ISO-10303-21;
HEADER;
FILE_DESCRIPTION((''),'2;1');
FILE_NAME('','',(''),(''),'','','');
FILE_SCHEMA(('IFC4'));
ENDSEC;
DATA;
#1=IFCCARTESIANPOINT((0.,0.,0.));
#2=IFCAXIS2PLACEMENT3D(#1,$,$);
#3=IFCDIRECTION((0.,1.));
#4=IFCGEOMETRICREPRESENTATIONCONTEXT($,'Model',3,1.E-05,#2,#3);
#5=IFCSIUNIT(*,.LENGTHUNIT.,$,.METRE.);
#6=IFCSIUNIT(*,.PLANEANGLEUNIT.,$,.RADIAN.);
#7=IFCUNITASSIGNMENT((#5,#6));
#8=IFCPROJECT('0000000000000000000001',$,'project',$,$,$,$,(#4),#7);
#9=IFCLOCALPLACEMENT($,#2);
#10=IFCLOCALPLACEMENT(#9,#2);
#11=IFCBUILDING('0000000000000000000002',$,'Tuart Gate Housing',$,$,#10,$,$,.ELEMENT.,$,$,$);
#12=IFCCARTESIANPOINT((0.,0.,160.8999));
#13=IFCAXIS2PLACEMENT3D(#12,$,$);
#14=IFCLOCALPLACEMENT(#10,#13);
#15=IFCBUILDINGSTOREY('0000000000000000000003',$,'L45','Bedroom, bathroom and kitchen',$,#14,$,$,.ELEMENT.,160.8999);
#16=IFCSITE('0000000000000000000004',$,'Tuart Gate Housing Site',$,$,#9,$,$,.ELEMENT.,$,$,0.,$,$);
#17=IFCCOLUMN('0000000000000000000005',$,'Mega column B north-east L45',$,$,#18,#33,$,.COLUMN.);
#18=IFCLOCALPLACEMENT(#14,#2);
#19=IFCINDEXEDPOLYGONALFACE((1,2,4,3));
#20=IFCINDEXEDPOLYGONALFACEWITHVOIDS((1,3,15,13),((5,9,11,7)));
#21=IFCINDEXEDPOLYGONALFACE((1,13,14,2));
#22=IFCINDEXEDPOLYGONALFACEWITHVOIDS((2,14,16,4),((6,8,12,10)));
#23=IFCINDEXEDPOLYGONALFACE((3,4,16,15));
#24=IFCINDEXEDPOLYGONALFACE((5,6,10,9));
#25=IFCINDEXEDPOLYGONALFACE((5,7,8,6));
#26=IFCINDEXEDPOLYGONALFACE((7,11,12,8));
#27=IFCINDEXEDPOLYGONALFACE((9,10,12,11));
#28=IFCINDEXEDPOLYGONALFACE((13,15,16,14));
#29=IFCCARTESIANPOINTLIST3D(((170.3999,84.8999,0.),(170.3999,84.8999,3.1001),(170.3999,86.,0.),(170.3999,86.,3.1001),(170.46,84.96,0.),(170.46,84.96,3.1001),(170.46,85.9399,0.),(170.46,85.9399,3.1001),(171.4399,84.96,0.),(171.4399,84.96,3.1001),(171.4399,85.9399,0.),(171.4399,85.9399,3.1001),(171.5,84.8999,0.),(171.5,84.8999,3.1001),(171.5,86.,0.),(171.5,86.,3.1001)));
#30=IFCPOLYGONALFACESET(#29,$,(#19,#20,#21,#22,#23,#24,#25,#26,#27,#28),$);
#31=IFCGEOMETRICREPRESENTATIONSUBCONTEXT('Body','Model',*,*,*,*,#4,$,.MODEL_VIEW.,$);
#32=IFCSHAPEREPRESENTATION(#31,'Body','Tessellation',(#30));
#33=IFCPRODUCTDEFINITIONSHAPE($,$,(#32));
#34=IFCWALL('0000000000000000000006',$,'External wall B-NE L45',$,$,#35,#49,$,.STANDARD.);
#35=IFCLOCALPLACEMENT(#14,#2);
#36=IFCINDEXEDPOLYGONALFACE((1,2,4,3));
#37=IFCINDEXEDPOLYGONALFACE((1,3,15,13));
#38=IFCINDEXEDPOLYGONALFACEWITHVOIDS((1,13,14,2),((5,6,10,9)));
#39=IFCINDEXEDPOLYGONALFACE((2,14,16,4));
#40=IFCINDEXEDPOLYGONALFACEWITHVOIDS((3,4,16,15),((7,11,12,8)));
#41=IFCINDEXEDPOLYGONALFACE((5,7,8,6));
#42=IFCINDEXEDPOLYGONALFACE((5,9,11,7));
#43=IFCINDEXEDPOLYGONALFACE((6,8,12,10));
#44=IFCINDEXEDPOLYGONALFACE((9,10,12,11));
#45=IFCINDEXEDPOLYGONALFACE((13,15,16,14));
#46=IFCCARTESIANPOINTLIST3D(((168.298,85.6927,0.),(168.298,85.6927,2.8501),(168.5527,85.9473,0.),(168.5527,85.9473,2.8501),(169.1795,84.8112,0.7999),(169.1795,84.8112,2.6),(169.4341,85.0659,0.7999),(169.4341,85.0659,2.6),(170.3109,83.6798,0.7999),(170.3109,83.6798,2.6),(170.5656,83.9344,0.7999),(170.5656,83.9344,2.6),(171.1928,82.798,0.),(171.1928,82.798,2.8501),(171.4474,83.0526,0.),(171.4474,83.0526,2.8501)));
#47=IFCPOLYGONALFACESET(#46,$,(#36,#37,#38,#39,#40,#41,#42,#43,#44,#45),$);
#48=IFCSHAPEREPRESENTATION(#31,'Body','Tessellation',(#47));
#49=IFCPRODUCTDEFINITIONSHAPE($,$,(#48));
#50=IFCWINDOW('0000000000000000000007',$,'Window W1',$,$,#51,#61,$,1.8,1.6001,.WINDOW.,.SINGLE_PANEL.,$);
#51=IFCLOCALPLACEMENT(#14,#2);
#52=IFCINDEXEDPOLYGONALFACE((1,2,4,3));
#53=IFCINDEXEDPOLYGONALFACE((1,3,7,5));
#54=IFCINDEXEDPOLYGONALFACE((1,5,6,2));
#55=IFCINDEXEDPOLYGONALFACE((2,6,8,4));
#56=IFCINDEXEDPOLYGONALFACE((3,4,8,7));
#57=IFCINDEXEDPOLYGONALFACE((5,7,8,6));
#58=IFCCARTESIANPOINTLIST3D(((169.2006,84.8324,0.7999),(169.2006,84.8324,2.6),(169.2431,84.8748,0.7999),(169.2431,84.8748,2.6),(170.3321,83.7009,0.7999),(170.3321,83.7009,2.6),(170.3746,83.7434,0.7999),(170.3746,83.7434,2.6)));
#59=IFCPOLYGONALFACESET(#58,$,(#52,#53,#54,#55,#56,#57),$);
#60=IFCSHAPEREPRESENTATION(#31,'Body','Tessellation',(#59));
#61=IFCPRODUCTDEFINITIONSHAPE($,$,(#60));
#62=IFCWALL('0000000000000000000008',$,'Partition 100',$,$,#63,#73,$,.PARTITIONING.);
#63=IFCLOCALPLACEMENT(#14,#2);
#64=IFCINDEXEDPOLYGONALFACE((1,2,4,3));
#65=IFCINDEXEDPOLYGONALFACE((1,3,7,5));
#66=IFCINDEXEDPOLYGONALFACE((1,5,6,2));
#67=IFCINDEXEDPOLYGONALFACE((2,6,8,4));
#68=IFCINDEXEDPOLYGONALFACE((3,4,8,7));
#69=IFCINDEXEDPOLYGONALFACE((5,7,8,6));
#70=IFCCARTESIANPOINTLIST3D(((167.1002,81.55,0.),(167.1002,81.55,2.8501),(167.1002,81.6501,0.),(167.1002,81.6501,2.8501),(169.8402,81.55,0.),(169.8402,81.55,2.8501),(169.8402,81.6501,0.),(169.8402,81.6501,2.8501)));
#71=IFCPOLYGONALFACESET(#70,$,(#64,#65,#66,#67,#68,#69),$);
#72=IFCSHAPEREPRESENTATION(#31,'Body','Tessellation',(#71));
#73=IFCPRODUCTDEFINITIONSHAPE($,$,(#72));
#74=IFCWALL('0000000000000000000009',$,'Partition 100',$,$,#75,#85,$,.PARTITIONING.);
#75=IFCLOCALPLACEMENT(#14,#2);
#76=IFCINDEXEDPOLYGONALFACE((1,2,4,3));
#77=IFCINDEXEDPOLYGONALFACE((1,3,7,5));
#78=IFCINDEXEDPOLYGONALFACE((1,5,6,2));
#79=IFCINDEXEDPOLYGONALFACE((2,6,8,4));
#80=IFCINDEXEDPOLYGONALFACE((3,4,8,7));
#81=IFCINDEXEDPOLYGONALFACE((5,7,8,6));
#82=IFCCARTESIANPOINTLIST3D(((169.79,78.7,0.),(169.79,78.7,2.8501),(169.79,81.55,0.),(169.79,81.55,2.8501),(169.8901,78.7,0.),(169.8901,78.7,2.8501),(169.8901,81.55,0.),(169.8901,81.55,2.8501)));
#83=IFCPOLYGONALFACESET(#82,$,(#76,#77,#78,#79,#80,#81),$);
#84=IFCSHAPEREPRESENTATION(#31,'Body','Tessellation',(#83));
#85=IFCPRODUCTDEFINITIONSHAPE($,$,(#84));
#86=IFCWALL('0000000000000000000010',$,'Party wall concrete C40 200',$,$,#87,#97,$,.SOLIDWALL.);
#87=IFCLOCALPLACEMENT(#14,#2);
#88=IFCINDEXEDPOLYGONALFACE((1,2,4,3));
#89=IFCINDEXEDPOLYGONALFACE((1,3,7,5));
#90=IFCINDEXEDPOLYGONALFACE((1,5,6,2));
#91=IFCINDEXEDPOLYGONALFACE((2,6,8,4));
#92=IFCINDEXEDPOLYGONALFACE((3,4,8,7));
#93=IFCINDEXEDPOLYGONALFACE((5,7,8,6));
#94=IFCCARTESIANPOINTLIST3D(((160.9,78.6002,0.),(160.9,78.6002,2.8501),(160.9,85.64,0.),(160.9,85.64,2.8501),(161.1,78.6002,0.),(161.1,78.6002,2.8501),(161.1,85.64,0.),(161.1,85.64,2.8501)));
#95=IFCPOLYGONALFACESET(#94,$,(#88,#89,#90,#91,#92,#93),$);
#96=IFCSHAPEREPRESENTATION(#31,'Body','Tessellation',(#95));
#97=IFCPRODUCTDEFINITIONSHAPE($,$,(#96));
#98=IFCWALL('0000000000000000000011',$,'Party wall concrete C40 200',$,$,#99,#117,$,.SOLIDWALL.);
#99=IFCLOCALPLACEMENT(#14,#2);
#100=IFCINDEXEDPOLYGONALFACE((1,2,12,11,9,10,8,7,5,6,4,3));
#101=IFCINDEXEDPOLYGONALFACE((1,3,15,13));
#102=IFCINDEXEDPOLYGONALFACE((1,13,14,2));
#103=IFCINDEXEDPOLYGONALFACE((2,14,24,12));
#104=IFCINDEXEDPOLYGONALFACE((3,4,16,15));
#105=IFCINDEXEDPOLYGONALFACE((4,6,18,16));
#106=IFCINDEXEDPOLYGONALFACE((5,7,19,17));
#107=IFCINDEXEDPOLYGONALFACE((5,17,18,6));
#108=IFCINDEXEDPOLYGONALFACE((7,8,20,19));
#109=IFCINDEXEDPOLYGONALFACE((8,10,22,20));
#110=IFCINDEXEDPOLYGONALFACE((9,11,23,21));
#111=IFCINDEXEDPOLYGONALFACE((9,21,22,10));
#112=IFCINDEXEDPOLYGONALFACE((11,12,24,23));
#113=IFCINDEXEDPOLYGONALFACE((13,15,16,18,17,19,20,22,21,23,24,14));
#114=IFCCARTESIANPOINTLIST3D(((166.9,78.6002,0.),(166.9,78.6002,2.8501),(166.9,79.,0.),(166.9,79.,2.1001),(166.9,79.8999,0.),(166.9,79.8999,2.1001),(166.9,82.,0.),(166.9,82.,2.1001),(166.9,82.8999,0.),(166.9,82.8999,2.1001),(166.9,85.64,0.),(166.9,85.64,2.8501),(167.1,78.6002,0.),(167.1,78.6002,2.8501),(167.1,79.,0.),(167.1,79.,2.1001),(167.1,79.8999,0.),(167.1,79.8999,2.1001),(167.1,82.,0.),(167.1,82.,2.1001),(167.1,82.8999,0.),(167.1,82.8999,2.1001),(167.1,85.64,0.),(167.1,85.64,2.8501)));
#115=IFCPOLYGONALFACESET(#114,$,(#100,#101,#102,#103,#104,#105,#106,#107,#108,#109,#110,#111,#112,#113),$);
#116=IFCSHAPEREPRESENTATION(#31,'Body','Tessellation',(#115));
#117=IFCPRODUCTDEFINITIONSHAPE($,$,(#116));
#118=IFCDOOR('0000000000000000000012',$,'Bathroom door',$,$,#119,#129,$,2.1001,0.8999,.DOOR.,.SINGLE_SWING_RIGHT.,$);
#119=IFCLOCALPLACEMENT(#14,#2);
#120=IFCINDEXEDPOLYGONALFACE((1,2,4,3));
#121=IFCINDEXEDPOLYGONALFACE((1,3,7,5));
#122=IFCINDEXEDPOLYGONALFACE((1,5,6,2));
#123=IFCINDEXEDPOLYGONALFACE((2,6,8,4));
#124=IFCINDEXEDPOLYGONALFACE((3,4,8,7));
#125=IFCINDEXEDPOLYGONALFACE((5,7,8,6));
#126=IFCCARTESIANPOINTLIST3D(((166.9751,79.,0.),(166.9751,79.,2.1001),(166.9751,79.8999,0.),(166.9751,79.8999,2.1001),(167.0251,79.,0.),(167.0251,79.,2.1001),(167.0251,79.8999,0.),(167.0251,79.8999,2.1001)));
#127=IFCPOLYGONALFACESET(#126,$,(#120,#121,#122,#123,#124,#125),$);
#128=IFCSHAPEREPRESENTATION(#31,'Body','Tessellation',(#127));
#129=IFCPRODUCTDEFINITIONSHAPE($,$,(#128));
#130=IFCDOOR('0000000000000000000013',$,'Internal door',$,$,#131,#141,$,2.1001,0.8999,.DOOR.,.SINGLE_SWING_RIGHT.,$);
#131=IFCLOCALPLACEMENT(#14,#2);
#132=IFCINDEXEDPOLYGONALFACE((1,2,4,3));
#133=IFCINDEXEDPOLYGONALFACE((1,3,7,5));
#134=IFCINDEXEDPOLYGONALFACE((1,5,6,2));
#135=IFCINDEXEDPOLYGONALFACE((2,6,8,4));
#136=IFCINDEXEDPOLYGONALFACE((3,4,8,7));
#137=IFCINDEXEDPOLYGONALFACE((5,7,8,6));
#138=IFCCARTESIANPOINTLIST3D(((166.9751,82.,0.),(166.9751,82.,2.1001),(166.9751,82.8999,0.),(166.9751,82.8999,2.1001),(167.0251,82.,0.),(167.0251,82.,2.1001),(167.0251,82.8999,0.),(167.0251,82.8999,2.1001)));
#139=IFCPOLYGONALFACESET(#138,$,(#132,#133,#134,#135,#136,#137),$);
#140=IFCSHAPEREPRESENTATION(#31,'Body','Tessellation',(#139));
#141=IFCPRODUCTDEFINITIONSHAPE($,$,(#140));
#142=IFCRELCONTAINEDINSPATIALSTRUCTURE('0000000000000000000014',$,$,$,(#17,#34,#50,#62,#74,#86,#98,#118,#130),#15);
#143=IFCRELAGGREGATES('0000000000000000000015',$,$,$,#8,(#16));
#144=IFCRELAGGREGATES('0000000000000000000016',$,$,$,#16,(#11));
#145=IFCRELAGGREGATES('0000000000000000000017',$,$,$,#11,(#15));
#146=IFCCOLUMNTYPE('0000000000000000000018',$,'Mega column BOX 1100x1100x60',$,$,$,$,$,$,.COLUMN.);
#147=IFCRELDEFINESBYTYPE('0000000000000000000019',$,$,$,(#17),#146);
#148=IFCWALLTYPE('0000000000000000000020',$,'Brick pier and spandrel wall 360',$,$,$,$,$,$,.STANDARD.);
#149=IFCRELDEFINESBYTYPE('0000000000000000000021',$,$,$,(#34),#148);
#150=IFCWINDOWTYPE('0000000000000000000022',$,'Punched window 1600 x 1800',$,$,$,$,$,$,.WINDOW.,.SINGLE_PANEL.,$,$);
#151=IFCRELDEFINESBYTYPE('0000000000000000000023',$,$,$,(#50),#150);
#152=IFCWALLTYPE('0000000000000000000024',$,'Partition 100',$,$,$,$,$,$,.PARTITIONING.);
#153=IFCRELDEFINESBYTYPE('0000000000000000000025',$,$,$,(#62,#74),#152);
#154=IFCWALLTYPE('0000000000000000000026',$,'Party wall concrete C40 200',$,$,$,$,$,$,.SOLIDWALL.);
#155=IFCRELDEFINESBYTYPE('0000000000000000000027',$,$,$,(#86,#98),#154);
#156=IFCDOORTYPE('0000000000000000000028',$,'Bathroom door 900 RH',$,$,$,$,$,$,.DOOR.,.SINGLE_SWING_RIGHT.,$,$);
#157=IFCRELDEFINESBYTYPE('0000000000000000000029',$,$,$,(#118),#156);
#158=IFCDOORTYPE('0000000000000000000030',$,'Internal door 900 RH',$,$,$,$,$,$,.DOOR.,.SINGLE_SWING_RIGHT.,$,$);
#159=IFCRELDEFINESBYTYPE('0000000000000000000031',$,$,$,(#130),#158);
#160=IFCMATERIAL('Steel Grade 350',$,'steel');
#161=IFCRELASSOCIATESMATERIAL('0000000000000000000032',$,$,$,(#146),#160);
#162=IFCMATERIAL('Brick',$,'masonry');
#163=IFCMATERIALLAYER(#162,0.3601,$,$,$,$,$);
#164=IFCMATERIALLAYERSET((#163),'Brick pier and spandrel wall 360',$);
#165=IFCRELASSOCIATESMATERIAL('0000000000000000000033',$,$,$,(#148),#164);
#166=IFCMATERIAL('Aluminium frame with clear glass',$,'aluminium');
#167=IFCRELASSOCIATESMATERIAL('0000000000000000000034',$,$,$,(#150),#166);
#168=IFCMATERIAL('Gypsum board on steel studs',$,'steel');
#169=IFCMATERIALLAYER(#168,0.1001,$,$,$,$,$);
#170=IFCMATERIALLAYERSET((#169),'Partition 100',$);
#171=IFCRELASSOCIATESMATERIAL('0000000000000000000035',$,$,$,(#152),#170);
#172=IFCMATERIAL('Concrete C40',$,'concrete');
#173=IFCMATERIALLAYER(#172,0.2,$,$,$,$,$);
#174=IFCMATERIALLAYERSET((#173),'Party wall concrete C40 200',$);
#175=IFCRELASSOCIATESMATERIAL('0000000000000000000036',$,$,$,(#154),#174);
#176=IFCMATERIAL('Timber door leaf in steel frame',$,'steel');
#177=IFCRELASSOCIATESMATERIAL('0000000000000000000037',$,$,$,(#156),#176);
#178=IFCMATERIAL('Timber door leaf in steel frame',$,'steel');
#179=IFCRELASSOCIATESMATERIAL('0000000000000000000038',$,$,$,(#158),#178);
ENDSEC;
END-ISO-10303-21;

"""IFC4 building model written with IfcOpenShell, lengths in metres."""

from ifc_helpers import new_model, si_unit, direction, frame, frame_2d, origin, origin_2d, place, context, subcontext, project, spatial, rectangle, hollow_rectangle, extrude, material, layer, layer_set, material_profile, profile_set, type_object, element, fill, save


model = new_model("IFC4")

# Units and contexts
model_context = context("Model", 3, precision=1e-05, world=origin(), true_north=direction((0.0, 1.0)))
body_context = subcontext(model_context, "Body", "Model", "MODEL_VIEW")
ifc_project = project(units=[si_unit("LENGTHUNIT", "METRE"), si_unit("PLANEANGLEUNIT", "RADIAN")], contexts=[model_context])

# Site, building, storey
site_placement = place(None, origin())
site = spatial("IfcSite", under=ifc_project, at=site_placement, Name="Tuart Gate Housing Site", CompositionType="ELEMENT", RefElevation=0.0)
building_placement = place(site_placement, origin())
building = spatial("IfcBuilding", under=site, at=building_placement, Name="Tuart Gate Housing", CompositionType="ELEMENT")
storey_placement = place(building_placement, frame((0.0, 0.0, 160.8999)))
storey = spatial("IfcBuildingStorey", under=building, at=storey_placement, Name="L45", Description="Bedroom, bathroom and kitchen", CompositionType="ELEMENT", Elevation=160.8999)

# Column
ifc_material_1 = material(Name="Steel Grade 350", Category="steel")
ifc_material_profile = material_profile(ifc_material_1, hollow_rectangle(XDim=1.1001, YDim=1.1001, WallThickness=0.0601, at=origin_2d()), Name="BOX 1100x1100x60")
ifc_profile_set = profile_set([ifc_material_profile], Name="Steel Grade 350")
column_type = type_object("IfcColumnType", Name="Mega column BOX 1100x1100x60", PredefinedType="COLUMN", material=ifc_profile_set)
column_placement = place(storey_placement, frame((170.95, 85.45, 0.0), z_axis=(0.0, 0.0, 1.0), x_axis=(1.0, 0.0, 0.0)))
element("IfcColumn", 1, at=column_placement, inside=storey, type_object=column_type, Name="Mega column B north-east L45", PredefinedType="COLUMN", context=body_context, shape_type="SweptSolid", body=[
    extrude(hollow_rectangle(XDim=1.1001, YDim=1.1001, WallThickness=0.0601, at=origin_2d()), origin(), (0.0, 0.0, 1.0), 3.1001),
])

# Wall, opening, window
ifc_material_2 = material(Name="Brick", Category="masonry")
ifc_layer_1 = layer(ifc_material_2, 0.3601)
ifc_layer_set_1 = layer_set([ifc_layer_1], Name="Brick pier and spandrel wall 360")
wall_type_1 = type_object("IfcWallType", Name="Brick pier and spandrel wall 360", PredefinedType="STANDARD", material=ifc_layer_set_1)
wall_1_placement = place(storey_placement, frame((171.3201, 82.9253, 0.0), z_axis=(0.0, 0.0, 1.0), x_axis=(-0.707107, 0.707107, 0.0)))
wall_1 = element("IfcWall", 2, at=wall_1_placement, inside=storey, type_object=wall_type_1, Name="External wall B-NE L45", PredefinedType="STANDARD", context=body_context, shape_type="SweptSolid", body=[
    extrude(rectangle(XDim=4.0938, YDim=0.3601, at=frame_2d((2.0469, 0.0))), origin(), (0.0, 0.0, 1.0), 2.8501),
])
opening_1_placement = place(wall_1_placement, frame((1.2471, 0.0, 0.8)))
opening_1 = element("IfcOpeningElement", 3, at=opening_1_placement, cuts=wall_1, PredefinedType="OPENING", context=body_context, shape_type="SweptSolid", body=[
    extrude(rectangle(XDim=1.6001, YDim=1.8, at=frame_2d((0.8, 0.8999))), frame((0.0, 0.1899, 0.0), z_axis=(0.0, -1.0, 0.0), x_axis=(1.0, 0.0, 0.0)), (0.0, 0.0, 1.0), 0.3801),
])
ifc_material_3 = material(Name="Aluminium frame with clear glass", Category="aluminium")
window_type_1 = type_object("IfcWindowType", Name="Punched window 1600 x 1800", PartitioningType="SINGLE_PANEL", PredefinedType="WINDOW", material=ifc_material_3)
window_1_placement = place(opening_1_placement, origin())
window_1 = element("IfcWindow", 4, at=window_1_placement, inside=storey, type_object=window_type_1, Name="Window W1", OverallHeight=1.8, OverallWidth=1.6001, PartitioningType="SINGLE_PANEL", PredefinedType="WINDOW", context=body_context, shape_type="SweptSolid", body=[
    extrude(rectangle(XDim=1.6001, YDim=1.8, at=frame_2d((0.8, 0.8999))), frame((0.0, 0.1501, 0.0), z_axis=(0.0, -1.0, 0.0), x_axis=(1.0, 0.0, 0.0)), (0.0, 0.0, 1.0), 0.0601),
])
fill(opening_1, window_1)

# Walls
ifc_material_4 = material(Name="Gypsum board on steel studs", Category="steel")
ifc_layer_2 = layer(ifc_material_4, 0.1001)
ifc_layer_set_2 = layer_set([ifc_layer_2], Name="Partition 100")
wall_type_2 = type_object("IfcWallType", Name="Partition 100", PredefinedType="PARTITIONING", material=ifc_layer_set_2)
wall_2_placement = place(storey_placement, frame((167.1001, 81.6001, 0.0), z_axis=(0.0, 0.0, 1.0), x_axis=(1.0, 0.0, 0.0)))
element("IfcWall", 5, at=wall_2_placement, inside=storey, type_object=wall_type_2, Name="Partition 100", PredefinedType="PARTITIONING", context=body_context, shape_type="SweptSolid", body=[
    extrude(rectangle(XDim=2.74, YDim=0.1001, at=frame_2d((1.3701, 0.0))), origin(), (0.0, 0.0, 1.0), 2.8501),
])
wall_3_placement = place(storey_placement, frame((169.8401, 78.7, 0.0), z_axis=(0.0, 0.0, 1.0), x_axis=(0.0, 1.0, 0.0)))
element("IfcWall", 6, at=wall_3_placement, inside=storey, type_object=wall_type_2, Name="Partition 100", PredefinedType="PARTITIONING", context=body_context, shape_type="SweptSolid", body=[
    extrude(rectangle(XDim=2.8501, YDim=0.1001, at=frame_2d((1.425, 0.0))), origin(), (0.0, 0.0, 1.0), 2.8501),
])
ifc_material_5 = material(Name="Concrete C40", Category="concrete")
ifc_layer_3 = layer(ifc_material_5, 0.2)
ifc_layer_set_3 = layer_set([ifc_layer_3], Name="Party wall concrete C40 200")
wall_type_3 = type_object("IfcWallType", Name="Party wall concrete C40 200", PredefinedType="SOLIDWALL", material=ifc_layer_set_3)
wall_4_placement = place(storey_placement, frame((161.0, 78.6001, 0.0), z_axis=(0.0, 0.0, 1.0), x_axis=(0.0, 1.0, 0.0)))
element("IfcWall", 7, at=wall_4_placement, inside=storey, type_object=wall_type_3, Name="Party wall concrete C40 200", PredefinedType="SOLIDWALL", context=body_context, shape_type="SweptSolid", body=[
    extrude(rectangle(XDim=7.0398, YDim=0.2, at=frame_2d((3.52, 0.0))), origin(), (0.0, 0.0, 1.0), 2.8501),
])

# Wall, openings, doors
wall_5_placement = place(storey_placement, frame((167.0, 78.6001, 0.0), z_axis=(0.0, 0.0, 1.0), x_axis=(0.0, 1.0, 0.0)))
wall_5 = element("IfcWall", 8, at=wall_5_placement, inside=storey, type_object=wall_type_3, Name="Party wall concrete C40 200", PredefinedType="SOLIDWALL", context=body_context, shape_type="SweptSolid", body=[
    extrude(rectangle(XDim=7.0398, YDim=0.2, at=frame_2d((3.52, 0.0))), origin(), (0.0, 0.0, 1.0), 2.8501),
])
opening_2_placement = place(wall_5_placement, frame((3.3999, 0.0, 0.0)))
opening_2 = element("IfcOpeningElement", 9, at=opening_2_placement, cuts=wall_5, PredefinedType="OPENING", context=body_context, shape_type="SweptSolid", body=[
    extrude(rectangle(XDim=0.8999, YDim=2.1001, at=frame_2d((0.45, 1.05))), frame((0.0, 0.1099, 0.0), z_axis=(0.0, -1.0, 0.0), x_axis=(1.0, 0.0, 0.0)), (0.0, 0.0, 1.0), 0.22),
])
opening_3_placement = place(wall_5_placement, frame((0.3999, 0.0, 0.0)))
opening_3 = element("IfcOpeningElement", 10, at=opening_3_placement, cuts=wall_5, PredefinedType="OPENING", context=body_context, shape_type="SweptSolid", body=[
    extrude(rectangle(XDim=0.8999, YDim=2.1001, at=frame_2d((0.45, 1.05))), frame((0.0, 0.1099, 0.0), z_axis=(0.0, -1.0, 0.0), x_axis=(1.0, 0.0, 0.0)), (0.0, 0.0, 1.0), 0.22),
])
ifc_material_6 = material(Name="Timber door leaf in steel frame", Category="steel")
door_type_1 = type_object("IfcDoorType", Name="Bathroom door 900 RH", OperationType="SINGLE_SWING_RIGHT", PredefinedType="DOOR", material=ifc_material_6)
door_1_placement = place(opening_3_placement, frame((0.8999, 0.0, 0.0), z_axis=(0.0, 0.0, 1.0), x_axis=(-1.0, 0.0, 0.0)))
door_1 = element("IfcDoor", 11, at=door_1_placement, inside=storey, type_object=door_type_1, Name="Bathroom door", OperationType="SINGLE_SWING_RIGHT", OverallHeight=2.1001, OverallWidth=0.8999, PredefinedType="DOOR", context=body_context, shape_type="SweptSolid", body=[
    extrude(rectangle(XDim=0.8999, YDim=2.1001, at=frame_2d((0.45, 1.05))), frame((0.0, 0.0251, 0.0), z_axis=(0.0, -1.0, 0.0), x_axis=(1.0, 0.0, 0.0)), (0.0, 0.0, 1.0), 0.05),
])
fill(opening_3, door_1)
ifc_material_7 = material(Name="Timber door leaf in steel frame", Category="steel")
door_type_2 = type_object("IfcDoorType", Name="Internal door 900 RH", OperationType="SINGLE_SWING_RIGHT", PredefinedType="DOOR", material=ifc_material_7)
door_2_placement = place(opening_2_placement, frame((0.8999, 0.0, 0.0), z_axis=(0.0, 0.0, 1.0), x_axis=(-1.0, 0.0, 0.0)))
door_2 = element("IfcDoor", 12, at=door_2_placement, inside=storey, type_object=door_type_2, Name="Internal door", OperationType="SINGLE_SWING_RIGHT", OverallHeight=2.1001, OverallWidth=0.8999, PredefinedType="DOOR", context=body_context, shape_type="SweptSolid", body=[
    extrude(rectangle(XDim=0.8999, YDim=2.1001, at=frame_2d((0.45, 1.05))), frame((0.0, 0.0251, 0.0), z_axis=(0.0, -1.0, 0.0), x_axis=(1.0, 0.0, 0.0)), (0.0, 0.0, 1.0), 0.05),
])
fill(opening_2, door_2)

save(model, "model.ifc")
